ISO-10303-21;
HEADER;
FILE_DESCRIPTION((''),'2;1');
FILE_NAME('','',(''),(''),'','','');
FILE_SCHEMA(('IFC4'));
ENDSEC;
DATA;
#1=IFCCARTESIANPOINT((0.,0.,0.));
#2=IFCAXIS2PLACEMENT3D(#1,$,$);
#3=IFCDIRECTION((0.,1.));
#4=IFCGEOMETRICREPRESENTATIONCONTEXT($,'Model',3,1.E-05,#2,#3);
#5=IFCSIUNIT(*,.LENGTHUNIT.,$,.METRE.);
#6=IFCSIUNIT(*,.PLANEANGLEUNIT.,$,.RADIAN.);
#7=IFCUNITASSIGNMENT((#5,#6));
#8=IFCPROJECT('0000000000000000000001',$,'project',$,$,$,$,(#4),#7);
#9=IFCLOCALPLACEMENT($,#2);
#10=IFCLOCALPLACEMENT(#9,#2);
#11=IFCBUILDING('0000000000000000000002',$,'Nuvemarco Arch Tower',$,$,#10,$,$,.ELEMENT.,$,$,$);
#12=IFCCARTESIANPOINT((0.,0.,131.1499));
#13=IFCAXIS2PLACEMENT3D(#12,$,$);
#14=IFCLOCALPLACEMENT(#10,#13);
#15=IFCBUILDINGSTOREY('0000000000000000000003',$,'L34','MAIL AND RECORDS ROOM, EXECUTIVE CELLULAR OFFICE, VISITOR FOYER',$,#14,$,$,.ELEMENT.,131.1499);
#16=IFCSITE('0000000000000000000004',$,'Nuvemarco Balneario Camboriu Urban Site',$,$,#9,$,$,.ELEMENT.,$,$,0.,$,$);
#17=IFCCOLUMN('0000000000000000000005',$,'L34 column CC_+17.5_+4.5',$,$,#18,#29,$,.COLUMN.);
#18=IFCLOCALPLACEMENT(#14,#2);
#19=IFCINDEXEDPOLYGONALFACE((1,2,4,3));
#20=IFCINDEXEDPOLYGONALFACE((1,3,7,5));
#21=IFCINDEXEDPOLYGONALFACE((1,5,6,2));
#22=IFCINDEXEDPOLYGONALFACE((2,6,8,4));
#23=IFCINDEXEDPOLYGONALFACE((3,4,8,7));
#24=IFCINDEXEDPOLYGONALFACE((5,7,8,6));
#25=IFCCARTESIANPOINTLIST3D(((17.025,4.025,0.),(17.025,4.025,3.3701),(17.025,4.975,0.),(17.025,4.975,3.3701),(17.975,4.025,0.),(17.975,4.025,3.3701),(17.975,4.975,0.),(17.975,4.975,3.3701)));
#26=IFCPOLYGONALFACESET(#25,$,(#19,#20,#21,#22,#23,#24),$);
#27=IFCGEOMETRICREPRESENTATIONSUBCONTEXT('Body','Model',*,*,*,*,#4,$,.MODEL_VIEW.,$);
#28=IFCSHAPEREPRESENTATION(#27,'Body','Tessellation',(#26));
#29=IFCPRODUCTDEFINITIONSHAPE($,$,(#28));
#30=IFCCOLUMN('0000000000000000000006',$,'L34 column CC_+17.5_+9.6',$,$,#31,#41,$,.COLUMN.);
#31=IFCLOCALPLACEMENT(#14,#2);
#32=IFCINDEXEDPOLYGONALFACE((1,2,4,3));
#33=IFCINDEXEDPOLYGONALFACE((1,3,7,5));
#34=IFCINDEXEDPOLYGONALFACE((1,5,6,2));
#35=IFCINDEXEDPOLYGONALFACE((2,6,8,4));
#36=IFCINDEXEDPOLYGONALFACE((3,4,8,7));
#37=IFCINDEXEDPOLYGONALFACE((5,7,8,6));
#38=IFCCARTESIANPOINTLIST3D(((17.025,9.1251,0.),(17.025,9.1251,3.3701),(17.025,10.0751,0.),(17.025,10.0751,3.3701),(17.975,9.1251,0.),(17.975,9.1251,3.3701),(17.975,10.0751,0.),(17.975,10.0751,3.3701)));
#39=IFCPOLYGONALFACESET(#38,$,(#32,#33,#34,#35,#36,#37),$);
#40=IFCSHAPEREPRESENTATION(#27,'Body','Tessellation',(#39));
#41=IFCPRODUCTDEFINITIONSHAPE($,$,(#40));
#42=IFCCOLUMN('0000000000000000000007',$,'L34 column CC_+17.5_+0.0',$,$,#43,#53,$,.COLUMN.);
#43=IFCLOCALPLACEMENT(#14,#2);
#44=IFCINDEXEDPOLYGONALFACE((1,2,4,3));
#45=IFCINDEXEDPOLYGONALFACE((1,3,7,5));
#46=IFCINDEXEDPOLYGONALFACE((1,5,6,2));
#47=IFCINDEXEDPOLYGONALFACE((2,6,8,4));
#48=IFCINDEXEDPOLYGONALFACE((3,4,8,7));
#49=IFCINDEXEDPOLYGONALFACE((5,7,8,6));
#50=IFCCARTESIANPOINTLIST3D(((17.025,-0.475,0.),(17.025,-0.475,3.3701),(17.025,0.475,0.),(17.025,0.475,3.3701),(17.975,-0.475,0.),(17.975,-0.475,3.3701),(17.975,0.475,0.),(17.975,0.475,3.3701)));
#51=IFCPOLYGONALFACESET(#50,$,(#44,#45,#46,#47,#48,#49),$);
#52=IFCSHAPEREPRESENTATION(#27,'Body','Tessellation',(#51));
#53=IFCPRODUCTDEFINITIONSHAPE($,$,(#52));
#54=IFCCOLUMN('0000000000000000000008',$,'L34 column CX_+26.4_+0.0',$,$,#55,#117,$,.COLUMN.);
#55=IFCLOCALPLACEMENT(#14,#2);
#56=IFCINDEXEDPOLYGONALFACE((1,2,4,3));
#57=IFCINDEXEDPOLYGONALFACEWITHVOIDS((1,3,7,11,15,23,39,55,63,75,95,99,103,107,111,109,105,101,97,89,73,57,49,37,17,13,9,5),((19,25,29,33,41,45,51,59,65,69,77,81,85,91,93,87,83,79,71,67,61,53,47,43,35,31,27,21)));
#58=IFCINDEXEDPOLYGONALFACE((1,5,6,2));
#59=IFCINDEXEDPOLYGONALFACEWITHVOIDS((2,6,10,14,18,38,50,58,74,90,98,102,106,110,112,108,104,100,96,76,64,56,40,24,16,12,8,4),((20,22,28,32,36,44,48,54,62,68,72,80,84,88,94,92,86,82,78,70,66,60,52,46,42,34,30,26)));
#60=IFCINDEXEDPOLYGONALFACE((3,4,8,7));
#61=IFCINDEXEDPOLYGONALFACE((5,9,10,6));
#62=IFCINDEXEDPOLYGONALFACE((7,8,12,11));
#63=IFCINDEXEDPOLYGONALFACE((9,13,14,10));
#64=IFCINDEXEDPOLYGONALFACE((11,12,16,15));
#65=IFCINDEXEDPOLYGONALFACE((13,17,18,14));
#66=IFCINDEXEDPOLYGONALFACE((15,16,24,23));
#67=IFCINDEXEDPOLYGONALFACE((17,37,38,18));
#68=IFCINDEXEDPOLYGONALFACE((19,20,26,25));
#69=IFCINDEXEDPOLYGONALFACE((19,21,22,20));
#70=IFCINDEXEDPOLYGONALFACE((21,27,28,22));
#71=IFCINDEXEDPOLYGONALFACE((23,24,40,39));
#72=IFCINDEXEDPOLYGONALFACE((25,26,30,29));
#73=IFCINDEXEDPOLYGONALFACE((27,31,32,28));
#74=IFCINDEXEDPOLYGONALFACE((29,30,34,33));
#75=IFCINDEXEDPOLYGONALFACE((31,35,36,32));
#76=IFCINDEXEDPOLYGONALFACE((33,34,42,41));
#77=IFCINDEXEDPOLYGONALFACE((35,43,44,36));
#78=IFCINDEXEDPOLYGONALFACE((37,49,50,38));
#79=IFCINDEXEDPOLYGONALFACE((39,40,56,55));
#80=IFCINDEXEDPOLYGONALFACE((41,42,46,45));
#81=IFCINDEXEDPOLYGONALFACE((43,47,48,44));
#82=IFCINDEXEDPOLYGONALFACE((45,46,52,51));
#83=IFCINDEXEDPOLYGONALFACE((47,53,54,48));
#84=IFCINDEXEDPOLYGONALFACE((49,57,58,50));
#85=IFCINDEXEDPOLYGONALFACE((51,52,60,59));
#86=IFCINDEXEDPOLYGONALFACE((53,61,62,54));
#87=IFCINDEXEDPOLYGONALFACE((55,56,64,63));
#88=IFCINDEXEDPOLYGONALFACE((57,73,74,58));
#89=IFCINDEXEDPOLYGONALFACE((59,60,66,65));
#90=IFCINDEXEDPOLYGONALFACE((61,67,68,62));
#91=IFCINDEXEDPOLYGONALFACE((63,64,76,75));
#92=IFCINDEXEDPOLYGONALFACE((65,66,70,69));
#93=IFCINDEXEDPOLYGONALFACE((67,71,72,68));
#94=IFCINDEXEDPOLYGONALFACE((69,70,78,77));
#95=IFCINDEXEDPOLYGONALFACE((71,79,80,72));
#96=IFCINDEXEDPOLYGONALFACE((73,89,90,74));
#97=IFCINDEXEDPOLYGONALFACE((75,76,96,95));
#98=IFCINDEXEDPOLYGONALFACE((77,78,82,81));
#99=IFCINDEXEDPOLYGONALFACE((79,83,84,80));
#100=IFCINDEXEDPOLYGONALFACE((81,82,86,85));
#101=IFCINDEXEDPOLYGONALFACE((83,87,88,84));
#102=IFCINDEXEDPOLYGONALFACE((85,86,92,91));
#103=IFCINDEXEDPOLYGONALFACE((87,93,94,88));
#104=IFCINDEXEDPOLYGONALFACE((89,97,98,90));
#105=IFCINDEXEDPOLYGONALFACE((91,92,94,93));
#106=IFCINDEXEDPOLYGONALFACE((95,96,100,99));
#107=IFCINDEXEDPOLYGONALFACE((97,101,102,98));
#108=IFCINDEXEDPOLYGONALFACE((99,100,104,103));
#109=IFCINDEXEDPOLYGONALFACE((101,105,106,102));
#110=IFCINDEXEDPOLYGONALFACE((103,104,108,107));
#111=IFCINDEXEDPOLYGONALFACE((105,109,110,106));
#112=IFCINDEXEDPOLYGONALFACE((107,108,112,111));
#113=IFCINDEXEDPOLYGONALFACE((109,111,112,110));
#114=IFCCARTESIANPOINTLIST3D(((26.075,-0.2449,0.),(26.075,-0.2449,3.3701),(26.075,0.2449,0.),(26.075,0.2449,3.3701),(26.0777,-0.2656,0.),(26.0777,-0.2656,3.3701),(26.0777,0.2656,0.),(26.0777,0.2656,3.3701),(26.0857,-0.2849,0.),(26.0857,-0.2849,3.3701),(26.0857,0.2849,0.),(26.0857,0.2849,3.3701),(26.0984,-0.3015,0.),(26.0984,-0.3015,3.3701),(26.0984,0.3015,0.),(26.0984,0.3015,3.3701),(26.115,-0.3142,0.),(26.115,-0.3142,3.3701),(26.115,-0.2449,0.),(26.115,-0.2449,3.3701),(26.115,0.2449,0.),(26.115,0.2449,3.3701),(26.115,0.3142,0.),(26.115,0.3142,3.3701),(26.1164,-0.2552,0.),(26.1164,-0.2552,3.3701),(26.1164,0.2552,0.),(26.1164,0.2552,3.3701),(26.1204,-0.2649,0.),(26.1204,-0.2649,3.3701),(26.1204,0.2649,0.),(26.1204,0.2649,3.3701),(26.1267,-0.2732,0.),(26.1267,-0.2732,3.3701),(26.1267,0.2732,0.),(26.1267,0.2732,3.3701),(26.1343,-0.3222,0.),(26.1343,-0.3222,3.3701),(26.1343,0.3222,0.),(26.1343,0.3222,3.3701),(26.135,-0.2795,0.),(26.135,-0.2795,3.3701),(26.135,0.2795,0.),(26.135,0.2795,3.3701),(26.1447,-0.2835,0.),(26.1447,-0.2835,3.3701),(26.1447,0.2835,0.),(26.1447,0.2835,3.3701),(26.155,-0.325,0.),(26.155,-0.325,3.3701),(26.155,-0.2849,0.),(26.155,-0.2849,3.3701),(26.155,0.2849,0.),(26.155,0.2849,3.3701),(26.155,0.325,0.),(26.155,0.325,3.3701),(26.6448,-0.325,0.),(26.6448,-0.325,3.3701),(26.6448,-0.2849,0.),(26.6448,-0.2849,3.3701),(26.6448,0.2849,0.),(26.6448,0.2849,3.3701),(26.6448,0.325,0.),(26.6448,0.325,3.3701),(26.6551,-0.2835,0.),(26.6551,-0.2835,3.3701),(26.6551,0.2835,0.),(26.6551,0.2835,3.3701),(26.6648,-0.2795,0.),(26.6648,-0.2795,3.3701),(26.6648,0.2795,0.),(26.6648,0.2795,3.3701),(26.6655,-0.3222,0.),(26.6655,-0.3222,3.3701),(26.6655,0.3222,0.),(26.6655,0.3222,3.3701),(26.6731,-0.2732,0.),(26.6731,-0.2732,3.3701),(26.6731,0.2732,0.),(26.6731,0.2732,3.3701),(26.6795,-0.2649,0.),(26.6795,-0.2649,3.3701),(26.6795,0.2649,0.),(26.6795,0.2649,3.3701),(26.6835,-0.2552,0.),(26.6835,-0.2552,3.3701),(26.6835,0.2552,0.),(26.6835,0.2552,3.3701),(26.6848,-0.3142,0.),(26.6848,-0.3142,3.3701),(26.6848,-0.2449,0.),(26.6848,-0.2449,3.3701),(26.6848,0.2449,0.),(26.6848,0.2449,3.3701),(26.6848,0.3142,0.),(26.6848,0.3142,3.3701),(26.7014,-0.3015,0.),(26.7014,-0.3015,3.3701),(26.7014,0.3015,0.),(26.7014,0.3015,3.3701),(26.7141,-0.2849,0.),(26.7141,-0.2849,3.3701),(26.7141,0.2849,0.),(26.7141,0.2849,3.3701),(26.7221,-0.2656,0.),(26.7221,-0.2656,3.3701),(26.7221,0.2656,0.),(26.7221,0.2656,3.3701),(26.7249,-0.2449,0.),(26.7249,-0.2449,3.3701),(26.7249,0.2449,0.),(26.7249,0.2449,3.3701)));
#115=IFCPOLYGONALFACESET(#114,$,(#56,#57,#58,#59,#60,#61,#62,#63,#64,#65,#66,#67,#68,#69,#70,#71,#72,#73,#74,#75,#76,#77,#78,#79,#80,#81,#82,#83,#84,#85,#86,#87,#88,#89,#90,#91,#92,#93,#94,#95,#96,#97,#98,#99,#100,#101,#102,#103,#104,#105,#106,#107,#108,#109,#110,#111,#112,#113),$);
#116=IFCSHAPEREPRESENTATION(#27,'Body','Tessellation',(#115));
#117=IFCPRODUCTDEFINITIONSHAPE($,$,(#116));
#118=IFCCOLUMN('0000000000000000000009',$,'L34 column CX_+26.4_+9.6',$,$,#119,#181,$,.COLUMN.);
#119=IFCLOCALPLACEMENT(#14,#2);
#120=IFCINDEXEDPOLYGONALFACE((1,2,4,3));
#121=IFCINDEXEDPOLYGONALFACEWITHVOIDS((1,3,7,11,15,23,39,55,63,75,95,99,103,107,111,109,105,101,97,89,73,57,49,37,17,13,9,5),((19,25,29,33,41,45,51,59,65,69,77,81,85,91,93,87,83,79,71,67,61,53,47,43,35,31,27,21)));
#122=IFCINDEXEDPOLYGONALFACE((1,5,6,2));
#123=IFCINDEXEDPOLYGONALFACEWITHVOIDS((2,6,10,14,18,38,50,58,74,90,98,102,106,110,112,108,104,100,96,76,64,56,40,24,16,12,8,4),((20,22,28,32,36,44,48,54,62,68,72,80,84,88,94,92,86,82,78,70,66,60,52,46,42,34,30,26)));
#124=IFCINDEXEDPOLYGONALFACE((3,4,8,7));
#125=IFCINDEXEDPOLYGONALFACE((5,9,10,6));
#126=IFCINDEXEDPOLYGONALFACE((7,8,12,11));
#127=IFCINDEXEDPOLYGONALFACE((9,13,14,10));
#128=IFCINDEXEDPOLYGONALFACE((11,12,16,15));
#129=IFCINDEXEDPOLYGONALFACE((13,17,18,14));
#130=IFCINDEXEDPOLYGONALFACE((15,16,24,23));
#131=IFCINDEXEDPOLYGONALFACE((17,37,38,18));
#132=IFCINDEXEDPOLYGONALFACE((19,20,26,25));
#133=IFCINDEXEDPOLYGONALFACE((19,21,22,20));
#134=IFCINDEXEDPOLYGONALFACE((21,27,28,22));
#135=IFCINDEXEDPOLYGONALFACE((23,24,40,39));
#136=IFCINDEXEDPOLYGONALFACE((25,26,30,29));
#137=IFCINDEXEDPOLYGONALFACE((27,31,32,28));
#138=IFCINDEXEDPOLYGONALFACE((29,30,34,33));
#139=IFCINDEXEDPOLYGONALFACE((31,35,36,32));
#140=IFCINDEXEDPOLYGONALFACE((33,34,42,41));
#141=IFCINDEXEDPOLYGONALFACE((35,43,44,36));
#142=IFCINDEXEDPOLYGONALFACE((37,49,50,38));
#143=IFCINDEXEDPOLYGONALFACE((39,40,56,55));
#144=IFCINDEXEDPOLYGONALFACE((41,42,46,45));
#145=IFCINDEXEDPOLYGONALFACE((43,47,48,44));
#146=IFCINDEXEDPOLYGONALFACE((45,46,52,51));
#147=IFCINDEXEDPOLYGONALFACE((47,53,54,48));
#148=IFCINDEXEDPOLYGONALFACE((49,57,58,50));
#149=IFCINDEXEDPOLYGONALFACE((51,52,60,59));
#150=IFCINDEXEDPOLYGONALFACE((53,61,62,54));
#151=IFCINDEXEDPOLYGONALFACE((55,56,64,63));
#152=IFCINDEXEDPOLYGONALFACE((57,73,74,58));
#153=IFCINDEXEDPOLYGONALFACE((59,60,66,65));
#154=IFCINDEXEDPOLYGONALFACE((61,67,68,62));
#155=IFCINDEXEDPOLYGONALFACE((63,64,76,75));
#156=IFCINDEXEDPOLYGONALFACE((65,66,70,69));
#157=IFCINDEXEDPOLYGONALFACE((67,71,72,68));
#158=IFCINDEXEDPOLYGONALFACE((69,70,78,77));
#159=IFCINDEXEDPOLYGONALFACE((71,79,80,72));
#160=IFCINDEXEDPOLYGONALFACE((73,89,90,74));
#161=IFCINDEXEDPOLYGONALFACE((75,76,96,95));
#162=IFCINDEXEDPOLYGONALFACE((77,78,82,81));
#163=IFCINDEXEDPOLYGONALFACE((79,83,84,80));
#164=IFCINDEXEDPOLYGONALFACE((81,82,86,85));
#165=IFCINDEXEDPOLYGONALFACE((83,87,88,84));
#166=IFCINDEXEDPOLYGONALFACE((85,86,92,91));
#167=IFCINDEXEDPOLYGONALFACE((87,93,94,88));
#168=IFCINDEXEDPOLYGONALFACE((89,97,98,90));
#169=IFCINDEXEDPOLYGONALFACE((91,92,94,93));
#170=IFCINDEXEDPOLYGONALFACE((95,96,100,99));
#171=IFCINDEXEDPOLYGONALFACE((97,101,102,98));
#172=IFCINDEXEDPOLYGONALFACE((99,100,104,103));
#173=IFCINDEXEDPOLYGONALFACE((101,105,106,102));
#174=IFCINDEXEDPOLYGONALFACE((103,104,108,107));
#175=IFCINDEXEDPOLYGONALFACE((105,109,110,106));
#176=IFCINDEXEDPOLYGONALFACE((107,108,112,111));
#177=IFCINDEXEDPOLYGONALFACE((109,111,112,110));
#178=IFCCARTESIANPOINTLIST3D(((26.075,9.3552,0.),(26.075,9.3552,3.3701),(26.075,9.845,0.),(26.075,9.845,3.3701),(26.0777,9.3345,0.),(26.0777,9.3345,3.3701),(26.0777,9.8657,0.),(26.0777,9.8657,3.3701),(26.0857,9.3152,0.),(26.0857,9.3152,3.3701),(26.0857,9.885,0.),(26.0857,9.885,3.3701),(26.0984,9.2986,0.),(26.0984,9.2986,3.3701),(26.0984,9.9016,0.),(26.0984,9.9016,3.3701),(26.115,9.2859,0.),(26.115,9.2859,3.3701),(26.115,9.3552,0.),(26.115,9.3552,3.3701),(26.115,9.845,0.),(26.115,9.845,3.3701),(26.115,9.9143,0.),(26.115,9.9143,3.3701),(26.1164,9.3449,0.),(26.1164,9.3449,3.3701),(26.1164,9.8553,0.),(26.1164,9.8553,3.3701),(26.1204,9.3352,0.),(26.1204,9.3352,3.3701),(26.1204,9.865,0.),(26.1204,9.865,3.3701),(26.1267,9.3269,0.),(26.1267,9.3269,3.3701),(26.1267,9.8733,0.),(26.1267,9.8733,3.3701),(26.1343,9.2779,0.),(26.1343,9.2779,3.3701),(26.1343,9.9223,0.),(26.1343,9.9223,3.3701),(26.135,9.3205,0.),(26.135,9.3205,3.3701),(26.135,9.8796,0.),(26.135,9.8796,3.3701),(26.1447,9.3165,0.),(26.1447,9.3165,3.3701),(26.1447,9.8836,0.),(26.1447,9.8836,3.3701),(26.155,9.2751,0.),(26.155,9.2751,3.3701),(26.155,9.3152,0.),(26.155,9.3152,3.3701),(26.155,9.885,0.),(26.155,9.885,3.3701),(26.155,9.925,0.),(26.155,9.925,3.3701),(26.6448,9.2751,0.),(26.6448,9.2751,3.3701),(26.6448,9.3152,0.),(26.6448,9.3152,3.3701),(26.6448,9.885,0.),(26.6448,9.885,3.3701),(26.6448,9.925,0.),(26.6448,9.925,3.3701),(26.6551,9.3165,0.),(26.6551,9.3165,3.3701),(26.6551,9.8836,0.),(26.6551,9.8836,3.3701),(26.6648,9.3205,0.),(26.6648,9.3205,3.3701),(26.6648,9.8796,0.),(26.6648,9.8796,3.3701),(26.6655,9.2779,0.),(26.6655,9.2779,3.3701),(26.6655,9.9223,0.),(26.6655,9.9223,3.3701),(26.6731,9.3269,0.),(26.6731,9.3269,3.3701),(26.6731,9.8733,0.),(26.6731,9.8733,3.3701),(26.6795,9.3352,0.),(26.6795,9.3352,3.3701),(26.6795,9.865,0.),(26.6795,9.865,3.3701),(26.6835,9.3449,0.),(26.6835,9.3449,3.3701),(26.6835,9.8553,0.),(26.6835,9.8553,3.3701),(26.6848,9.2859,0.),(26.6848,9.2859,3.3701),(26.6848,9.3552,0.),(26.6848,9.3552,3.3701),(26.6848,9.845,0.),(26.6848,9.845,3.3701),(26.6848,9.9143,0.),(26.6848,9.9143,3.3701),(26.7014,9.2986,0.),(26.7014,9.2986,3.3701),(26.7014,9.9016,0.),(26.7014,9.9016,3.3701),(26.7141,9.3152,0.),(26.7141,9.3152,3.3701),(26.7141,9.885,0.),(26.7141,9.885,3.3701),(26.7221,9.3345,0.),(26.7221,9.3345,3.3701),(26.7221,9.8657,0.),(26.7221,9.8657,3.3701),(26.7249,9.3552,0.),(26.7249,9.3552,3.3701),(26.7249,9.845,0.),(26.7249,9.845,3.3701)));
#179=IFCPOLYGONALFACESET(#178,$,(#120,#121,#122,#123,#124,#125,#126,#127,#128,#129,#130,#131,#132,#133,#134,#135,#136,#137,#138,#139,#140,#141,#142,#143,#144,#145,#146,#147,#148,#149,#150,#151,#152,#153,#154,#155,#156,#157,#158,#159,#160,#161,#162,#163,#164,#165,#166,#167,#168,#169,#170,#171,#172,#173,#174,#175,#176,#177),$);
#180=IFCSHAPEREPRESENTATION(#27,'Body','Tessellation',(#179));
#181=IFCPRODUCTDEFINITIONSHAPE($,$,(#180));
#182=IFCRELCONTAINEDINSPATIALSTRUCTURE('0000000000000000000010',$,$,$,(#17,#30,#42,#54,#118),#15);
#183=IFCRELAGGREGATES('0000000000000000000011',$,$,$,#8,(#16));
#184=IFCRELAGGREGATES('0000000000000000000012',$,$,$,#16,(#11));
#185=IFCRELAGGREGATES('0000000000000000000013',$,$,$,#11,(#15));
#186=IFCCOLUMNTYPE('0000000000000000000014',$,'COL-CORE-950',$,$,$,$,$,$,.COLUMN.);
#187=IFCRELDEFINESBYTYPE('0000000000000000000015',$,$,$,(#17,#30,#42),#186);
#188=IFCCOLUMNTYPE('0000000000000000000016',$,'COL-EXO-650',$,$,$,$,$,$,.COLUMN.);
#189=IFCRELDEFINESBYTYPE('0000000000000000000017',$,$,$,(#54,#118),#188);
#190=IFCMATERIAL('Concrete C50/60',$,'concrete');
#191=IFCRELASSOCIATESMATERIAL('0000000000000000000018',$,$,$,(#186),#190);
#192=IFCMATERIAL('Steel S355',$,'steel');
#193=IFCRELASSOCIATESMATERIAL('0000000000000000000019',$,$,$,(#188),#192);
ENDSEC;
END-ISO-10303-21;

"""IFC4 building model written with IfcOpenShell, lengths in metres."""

from ifc_helpers import new_model, si_unit, direction, frame, origin, origin_2d, place, context, subcontext, project, spatial, rectangle, hollow_rectangle, extrude, material, material_profile, profile_set, type_object, element, save


model = new_model("IFC4")

# Units and contexts
model_context = context("Model", 3, precision=1e-05, world=origin(), true_north=direction((0.0, 1.0)))
body_context = subcontext(model_context, "Body", "Model", "MODEL_VIEW")
ifc_project = project(units=[si_unit("LENGTHUNIT", "METRE"), si_unit("PLANEANGLEUNIT", "RADIAN")], contexts=[model_context])

# Site, building, storey
site_placement = place(None, origin())
site = spatial("IfcSite", under=ifc_project, at=site_placement, Name="Nuvemarco Balneario Camboriu Urban Site", CompositionType="ELEMENT", RefElevation=0.0)
building_placement = place(site_placement, origin())
building = spatial("IfcBuilding", under=site, at=building_placement, Name="Nuvemarco Arch Tower", CompositionType="ELEMENT")
storey_placement = place(building_placement, frame((0.0, 0.0, 131.1499)))
storey = spatial("IfcBuildingStorey", under=building, at=storey_placement, Name="L34", Description="MAIL AND RECORDS ROOM, EXECUTIVE CELLULAR OFFICE, VISITOR FOYER", CompositionType="ELEMENT", Elevation=131.1499)

# Columns
ifc_material_1 = material(Name="Concrete C50/60", Category="concrete")
ifc_material_profile_1 = material_profile(ifc_material_1, rectangle(XDim=0.95, YDim=0.95, at=origin_2d()), Name="RC-COL-950x950")
ifc_profile_set_1 = profile_set([ifc_material_profile_1], Name="Concrete C50/60")
column_type_1 = type_object("IfcColumnType", Name="COL-CORE-950", PredefinedType="COLUMN", material=ifc_profile_set_1)
for number, where, z_axis, x_axis, name in (
    (1, (17.5, 4.5, 0.0), (0.0, 0.0, 1.0), (1.0, 0.0, 0.0), "L34 column CC_+17.5_+4.5"),
    (2, (17.5, 9.6001, 0.0), (0.0, 0.0, 1.0), (1.0, 0.0, 0.0), "L34 column CC_+17.5_+9.6"),
    (3, (17.5, 0.0, 0.0), (0.0, 0.0, 1.0), (1.0, 0.0, 0.0), "L34 column CC_+17.5_+0.0"),
):
    element("IfcColumn", number, at=place(storey_placement, frame(where, z_axis=z_axis, x_axis=x_axis)), inside=storey, type_object=column_type_1, Name=name, PredefinedType="COLUMN", context=body_context, shape_type="SweptSolid", body=[
        extrude(rectangle(XDim=0.95, YDim=0.95, at=origin_2d()), origin(), (0.0, 0.0, 1.0), 3.3701),
    ])
ifc_material_2 = material(Name="Steel S355", Category="steel")
ifc_material_profile_2 = material_profile(ifc_material_2, hollow_rectangle(XDim=0.6499, YDim=0.6499, WallThickness=0.04, InnerFilletRadius=0.04, OuterFilletRadius=0.0801, at=origin_2d()), Name="SHS650x650x40")
ifc_profile_set_2 = profile_set([ifc_material_profile_2], Name="Steel S355")
column_type_2 = type_object("IfcColumnType", Name="COL-EXO-650", PredefinedType="COLUMN", material=ifc_profile_set_2)
for number, where, z_axis, x_axis, name in (
    (4, (26.3999, 0.0, 0.0), (0.0, 0.0, 1.0), (1.0, 0.0, 0.0), "L34 column CX_+26.4_+0.0"),
    (5, (26.3999, 9.6001, 0.0), (0.0, 0.0, 1.0), (1.0, 0.0, 0.0), "L34 column CX_+26.4_+9.6"),
):
    element("IfcColumn", number, at=place(storey_placement, frame(where, z_axis=z_axis, x_axis=x_axis)), inside=storey, type_object=column_type_2, Name=name, PredefinedType="COLUMN", context=body_context, shape_type="SweptSolid", body=[
        extrude(hollow_rectangle(XDim=0.6499, YDim=0.6499, WallThickness=0.04, InnerFilletRadius=0.04, OuterFilletRadius=0.0801, at=origin_2d()), origin(), (0.0, 0.0, 1.0), 3.3701),
    ])

save(model, "model.ifc")
